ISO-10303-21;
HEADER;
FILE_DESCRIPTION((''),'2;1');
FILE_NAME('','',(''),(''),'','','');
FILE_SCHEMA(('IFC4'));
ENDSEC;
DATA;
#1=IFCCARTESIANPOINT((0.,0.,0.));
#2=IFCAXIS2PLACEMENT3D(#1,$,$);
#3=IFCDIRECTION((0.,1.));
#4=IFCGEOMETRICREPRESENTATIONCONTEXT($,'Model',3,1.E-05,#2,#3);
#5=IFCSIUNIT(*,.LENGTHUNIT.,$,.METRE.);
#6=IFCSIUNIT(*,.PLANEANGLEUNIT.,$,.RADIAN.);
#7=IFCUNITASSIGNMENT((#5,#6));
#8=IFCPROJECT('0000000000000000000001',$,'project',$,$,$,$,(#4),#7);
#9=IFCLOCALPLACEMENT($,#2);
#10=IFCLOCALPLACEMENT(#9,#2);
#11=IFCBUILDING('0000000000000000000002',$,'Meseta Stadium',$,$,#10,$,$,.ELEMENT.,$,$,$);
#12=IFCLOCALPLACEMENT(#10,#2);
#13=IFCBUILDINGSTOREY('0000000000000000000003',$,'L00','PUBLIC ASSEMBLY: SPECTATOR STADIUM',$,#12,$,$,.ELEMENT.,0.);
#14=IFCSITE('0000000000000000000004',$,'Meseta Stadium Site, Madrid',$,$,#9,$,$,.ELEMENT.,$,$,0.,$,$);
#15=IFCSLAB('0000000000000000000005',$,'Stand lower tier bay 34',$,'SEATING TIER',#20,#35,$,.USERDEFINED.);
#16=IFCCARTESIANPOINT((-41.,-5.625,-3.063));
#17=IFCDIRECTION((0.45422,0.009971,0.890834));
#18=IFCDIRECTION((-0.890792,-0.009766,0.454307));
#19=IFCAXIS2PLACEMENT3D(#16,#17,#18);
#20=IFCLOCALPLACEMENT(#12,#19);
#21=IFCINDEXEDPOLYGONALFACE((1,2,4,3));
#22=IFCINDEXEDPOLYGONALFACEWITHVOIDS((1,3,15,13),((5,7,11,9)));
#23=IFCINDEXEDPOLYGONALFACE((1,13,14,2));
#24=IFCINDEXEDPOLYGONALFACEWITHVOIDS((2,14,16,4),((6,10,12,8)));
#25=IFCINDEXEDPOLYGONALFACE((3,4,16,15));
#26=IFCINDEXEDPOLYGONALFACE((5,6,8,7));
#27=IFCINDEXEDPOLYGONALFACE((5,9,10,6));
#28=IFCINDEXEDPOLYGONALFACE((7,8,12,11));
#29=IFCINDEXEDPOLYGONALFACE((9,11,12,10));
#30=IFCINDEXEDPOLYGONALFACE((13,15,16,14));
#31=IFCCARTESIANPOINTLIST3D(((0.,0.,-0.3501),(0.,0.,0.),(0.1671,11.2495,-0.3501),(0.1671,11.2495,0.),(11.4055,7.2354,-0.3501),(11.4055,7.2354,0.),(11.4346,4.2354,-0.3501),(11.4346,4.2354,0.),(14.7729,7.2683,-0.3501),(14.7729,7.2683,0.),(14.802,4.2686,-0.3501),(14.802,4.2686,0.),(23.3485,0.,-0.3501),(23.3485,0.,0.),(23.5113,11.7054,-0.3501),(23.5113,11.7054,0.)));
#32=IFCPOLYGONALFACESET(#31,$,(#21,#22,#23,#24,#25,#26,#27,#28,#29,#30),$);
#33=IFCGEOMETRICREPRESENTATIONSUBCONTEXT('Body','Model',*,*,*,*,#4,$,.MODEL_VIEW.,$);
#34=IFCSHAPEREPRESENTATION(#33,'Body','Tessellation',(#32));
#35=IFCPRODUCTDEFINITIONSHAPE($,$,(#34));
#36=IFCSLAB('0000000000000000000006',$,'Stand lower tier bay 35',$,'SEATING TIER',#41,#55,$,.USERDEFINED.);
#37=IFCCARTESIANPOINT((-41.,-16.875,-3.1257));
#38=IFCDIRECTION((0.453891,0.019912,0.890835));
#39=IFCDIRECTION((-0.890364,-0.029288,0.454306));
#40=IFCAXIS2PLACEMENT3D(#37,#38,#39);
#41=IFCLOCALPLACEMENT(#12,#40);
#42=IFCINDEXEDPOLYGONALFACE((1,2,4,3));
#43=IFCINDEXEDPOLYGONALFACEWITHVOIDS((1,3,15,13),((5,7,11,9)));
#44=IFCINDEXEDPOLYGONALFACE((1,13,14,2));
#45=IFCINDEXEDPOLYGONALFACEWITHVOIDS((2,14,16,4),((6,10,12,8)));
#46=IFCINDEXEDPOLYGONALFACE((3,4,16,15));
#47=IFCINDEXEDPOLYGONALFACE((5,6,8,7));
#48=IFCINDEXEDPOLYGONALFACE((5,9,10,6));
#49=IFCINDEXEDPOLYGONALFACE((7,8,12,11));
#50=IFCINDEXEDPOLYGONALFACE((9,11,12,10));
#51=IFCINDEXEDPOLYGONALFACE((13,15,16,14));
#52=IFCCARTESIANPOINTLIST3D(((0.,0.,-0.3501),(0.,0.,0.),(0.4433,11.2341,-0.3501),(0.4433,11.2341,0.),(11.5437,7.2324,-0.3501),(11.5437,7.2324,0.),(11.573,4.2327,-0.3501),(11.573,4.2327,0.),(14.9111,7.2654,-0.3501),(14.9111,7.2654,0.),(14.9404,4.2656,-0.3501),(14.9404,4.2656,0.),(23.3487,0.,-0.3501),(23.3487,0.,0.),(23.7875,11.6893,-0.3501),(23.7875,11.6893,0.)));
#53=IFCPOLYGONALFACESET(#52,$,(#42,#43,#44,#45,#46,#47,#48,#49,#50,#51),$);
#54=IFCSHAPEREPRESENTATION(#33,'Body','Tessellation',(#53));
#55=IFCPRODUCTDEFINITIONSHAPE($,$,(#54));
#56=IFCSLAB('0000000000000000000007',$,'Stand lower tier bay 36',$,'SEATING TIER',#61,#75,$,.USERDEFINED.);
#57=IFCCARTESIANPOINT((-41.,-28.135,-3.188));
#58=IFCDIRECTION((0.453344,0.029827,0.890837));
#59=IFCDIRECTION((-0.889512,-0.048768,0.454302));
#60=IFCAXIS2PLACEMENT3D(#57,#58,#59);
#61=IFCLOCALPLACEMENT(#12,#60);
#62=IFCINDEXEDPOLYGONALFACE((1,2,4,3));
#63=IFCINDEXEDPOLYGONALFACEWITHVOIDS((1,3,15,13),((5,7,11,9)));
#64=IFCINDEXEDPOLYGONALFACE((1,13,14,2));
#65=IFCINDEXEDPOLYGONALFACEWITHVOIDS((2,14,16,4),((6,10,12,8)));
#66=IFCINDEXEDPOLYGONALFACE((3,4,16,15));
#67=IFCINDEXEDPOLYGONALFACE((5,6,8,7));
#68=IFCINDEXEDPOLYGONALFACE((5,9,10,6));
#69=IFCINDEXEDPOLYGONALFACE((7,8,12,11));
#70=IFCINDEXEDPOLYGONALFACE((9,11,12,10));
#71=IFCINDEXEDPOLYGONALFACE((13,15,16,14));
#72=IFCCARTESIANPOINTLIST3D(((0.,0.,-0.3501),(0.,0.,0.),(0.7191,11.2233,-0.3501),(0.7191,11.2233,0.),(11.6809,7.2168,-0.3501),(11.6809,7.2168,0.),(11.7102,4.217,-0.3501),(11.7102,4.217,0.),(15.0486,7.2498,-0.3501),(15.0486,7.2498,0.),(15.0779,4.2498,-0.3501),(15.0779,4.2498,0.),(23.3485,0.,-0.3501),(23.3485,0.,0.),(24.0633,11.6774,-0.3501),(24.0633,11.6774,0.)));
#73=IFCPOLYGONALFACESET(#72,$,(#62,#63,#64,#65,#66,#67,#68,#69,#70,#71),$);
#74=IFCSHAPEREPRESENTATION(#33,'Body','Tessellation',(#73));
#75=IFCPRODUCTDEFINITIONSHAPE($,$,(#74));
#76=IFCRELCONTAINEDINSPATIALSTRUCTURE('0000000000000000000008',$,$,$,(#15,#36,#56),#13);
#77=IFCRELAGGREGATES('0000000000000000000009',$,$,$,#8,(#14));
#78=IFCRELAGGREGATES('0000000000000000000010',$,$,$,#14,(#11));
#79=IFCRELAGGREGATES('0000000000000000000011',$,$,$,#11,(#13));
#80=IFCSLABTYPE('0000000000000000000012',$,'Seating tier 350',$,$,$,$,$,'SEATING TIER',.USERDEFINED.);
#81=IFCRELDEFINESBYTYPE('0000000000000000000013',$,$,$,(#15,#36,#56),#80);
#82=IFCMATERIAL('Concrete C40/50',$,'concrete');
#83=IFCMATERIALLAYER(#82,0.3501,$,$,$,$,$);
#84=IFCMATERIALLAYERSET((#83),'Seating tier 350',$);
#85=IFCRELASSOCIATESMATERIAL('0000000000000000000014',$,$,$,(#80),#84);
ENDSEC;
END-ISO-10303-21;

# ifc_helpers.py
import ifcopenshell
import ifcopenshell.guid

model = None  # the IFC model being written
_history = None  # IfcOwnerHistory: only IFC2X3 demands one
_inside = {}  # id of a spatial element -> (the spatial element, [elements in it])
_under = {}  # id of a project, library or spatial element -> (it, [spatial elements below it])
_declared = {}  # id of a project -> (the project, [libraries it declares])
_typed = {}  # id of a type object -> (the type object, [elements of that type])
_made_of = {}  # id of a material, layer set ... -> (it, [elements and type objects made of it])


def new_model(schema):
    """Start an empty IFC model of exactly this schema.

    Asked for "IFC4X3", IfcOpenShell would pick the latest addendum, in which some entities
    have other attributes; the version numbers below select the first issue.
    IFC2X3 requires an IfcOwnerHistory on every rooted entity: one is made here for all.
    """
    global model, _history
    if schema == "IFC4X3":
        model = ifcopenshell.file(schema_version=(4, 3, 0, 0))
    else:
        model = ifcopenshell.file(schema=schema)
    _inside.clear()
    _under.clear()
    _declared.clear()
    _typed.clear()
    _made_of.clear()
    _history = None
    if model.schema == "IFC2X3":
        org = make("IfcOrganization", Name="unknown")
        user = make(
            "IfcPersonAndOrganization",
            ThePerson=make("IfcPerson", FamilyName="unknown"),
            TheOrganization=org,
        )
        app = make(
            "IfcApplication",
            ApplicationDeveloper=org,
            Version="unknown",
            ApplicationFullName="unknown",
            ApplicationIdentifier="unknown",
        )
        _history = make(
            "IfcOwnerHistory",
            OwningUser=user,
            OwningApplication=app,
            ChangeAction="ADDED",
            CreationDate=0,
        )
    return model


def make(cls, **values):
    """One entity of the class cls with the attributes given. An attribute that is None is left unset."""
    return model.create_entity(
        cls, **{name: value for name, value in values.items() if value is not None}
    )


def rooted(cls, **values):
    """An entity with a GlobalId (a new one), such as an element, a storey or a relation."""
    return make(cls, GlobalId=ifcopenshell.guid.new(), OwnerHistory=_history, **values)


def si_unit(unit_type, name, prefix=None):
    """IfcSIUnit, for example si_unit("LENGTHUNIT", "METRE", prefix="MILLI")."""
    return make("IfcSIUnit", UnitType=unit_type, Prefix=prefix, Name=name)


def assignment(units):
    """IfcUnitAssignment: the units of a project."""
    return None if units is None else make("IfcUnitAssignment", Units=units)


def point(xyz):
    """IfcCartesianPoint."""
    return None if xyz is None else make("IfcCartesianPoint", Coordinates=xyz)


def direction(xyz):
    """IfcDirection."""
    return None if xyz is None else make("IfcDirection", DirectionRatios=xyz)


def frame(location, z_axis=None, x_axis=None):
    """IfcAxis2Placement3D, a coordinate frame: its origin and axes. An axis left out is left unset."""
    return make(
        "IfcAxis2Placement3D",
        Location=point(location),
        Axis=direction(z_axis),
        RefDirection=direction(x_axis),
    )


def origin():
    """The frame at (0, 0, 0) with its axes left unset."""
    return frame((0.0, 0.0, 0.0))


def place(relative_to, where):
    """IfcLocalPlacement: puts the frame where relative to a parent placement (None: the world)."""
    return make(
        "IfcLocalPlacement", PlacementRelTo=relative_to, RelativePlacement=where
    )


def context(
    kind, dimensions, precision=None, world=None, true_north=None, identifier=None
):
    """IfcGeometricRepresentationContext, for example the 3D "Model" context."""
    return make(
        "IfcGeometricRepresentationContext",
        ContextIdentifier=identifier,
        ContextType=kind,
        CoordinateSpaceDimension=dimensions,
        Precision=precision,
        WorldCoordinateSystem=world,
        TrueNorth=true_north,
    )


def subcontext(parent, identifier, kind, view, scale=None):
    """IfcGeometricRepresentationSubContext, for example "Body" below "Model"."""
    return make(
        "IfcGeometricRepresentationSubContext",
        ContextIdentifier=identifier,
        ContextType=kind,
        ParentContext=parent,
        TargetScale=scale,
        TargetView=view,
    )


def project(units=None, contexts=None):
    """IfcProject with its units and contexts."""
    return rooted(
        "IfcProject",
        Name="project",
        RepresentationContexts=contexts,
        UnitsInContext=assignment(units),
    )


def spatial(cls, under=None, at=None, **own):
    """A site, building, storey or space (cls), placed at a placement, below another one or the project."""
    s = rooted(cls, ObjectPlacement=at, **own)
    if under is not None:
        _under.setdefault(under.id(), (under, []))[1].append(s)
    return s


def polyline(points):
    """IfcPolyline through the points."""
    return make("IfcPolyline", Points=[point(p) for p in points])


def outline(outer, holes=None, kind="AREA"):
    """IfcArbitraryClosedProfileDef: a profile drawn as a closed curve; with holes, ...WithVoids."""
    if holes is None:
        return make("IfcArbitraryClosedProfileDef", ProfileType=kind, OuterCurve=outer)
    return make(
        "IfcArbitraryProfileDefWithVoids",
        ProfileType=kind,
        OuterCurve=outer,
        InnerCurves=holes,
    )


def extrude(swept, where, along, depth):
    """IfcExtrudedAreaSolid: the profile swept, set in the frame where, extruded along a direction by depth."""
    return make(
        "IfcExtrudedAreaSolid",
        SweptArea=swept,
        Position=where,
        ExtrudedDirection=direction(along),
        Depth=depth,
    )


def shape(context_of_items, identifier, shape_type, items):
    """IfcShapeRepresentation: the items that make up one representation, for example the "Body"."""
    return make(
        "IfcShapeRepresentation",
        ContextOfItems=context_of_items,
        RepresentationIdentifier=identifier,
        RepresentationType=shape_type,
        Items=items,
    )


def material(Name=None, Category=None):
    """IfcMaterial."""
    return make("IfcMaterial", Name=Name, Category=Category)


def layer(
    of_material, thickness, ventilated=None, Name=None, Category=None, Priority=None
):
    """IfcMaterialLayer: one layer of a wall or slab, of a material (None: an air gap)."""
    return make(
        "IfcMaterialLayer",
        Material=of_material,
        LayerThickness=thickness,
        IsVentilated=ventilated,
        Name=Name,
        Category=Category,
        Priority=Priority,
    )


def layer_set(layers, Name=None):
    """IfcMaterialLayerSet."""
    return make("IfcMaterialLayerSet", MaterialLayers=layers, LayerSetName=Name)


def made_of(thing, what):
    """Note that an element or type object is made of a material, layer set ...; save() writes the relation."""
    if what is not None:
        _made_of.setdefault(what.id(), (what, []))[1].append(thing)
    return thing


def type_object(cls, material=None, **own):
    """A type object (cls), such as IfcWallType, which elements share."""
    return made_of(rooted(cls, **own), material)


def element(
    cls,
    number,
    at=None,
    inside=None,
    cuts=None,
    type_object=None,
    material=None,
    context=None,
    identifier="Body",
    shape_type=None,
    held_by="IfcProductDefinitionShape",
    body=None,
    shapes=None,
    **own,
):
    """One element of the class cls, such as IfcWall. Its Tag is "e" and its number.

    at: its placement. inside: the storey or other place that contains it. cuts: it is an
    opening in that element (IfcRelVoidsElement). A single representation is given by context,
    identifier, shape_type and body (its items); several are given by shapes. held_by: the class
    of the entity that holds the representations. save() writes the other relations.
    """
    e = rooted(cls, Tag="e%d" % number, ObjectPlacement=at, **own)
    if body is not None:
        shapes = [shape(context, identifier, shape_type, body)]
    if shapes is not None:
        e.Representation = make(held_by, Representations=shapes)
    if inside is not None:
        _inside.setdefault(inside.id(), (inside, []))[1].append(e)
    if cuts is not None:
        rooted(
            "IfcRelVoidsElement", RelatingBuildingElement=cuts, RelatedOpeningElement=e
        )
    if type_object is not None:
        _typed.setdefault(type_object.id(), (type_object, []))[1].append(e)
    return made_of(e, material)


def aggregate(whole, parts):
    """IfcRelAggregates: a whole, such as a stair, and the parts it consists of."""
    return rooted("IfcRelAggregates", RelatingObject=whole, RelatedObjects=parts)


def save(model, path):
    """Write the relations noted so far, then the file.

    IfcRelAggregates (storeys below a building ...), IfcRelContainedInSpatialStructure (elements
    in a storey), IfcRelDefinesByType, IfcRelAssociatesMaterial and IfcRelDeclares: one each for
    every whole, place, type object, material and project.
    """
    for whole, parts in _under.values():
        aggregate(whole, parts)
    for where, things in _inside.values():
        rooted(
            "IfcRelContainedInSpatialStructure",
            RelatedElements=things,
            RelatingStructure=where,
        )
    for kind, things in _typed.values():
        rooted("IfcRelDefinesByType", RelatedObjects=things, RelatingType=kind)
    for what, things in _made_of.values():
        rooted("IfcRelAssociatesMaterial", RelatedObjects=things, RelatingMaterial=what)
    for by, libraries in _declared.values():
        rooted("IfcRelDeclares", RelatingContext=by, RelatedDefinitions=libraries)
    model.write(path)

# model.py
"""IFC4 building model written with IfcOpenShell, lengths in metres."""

from ifc_helpers import new_model, si_unit, direction, frame, origin, place, context, subcontext, project, spatial, polyline, outline, extrude, material, layer, layer_set, type_object, element, save


model = new_model("IFC4")

# Units and contexts
model_context = context("Model", 3, precision=1e-05, world=origin(), true_north=direction((0.0, 1.0)))
body_context = subcontext(model_context, "Body", "Model", "MODEL_VIEW")
ifc_project = project(units=[si_unit("LENGTHUNIT", "METRE"), si_unit("PLANEANGLEUNIT", "RADIAN")], contexts=[model_context])

# Site, building, storey
site_placement = place(None, origin())
site = spatial("IfcSite", under=ifc_project, at=site_placement, Name="Meseta Stadium Site, Madrid", CompositionType="ELEMENT", RefElevation=0.0)
building_placement = place(site_placement, origin())
building = spatial("IfcBuilding", under=site, at=building_placement, Name="Meseta Stadium", CompositionType="ELEMENT")
storey_placement = place(building_placement, origin())
storey = spatial("IfcBuildingStorey", under=building, at=storey_placement, Name="L00", Description="PUBLIC ASSEMBLY: SPECTATOR STADIUM", CompositionType="ELEMENT", Elevation=0.0)

# Slabs
ifc_material_1 = material(Name="Concrete C40/50", Category="concrete")
ifc_layer_1 = layer(ifc_material_1, 0.3501)
ifc_layer_set_1 = layer_set([ifc_layer_1], Name="Seating tier 350")
slab_type_1 = type_object("IfcSlabType", Name="Seating tier 350", ElementType="SEATING TIER", PredefinedType="USERDEFINED", material=ifc_layer_set_1)
slab_1_placement = place(storey_placement, frame((-41.0, -5.625, -3.063), z_axis=(0.45422, 0.009971, 0.890834), x_axis=(-0.890792, -0.009766, 0.454307)))
element("IfcSlab", 1, at=slab_1_placement, inside=storey, type_object=slab_type_1, Name="Stand lower tier bay 34", ObjectType="SEATING TIER", PredefinedType="USERDEFINED", context=body_context, shape_type="SweptSolid", body=[
    extrude(outline(polyline([(0.0, 0.0), (23.3485, 0.0), (23.5113, 11.7054), (0.1671, 11.2495), (0.0, 0.0)]), holes=[polyline([(11.4346, 4.2354), (14.802, 4.2686), (14.7729, 7.2683), (11.4055, 7.2354), (11.4346, 4.2354)])]), origin(), (0.0, 0.0, -1.0), 0.3501),
])
slab_2_placement = place(storey_placement, frame((-41.0, -16.875, -3.1257), z_axis=(0.453891, 0.019912, 0.890835), x_axis=(-0.890364, -0.029288, 0.454306)))
element("IfcSlab", 2, at=slab_2_placement, inside=storey, type_object=slab_type_1, Name="Stand lower tier bay 35", ObjectType="SEATING TIER", PredefinedType="USERDEFINED", context=body_context, shape_type="SweptSolid", body=[
    extrude(outline(polyline([(0.0, 0.0), (23.3487, 0.0), (23.7875, 11.6893), (0.4433, 11.2341), (0.0, 0.0)]), holes=[polyline([(11.573, 4.2327), (14.9404, 4.2656), (14.9111, 7.2654), (11.5437, 7.2324), (11.573, 4.2327)])]), origin(), (0.0, 0.0, -1.0), 0.3501),
])
slab_3_placement = place(storey_placement, frame((-41.0, -28.135, -3.188), z_axis=(0.453344, 0.029827, 0.890837), x_axis=(-0.889512, -0.048768, 0.454302)))
element("IfcSlab", 3, at=slab_3_placement, inside=storey, type_object=slab_type_1, Name="Stand lower tier bay 36", ObjectType="SEATING TIER", PredefinedType="USERDEFINED", context=body_context, shape_type="SweptSolid", body=[
    extrude(outline(polyline([(0.0, 0.0), (23.3485, 0.0), (24.0633, 11.6774), (0.7191, 11.2233), (0.0, 0.0)]), holes=[polyline([(11.7102, 4.217), (15.0779, 4.2498), (15.0486, 7.2498), (11.6809, 7.2168), (11.7102, 4.217)])]), origin(), (0.0, 0.0, -1.0), 0.3501),
])

save(model, "model.ifc")
